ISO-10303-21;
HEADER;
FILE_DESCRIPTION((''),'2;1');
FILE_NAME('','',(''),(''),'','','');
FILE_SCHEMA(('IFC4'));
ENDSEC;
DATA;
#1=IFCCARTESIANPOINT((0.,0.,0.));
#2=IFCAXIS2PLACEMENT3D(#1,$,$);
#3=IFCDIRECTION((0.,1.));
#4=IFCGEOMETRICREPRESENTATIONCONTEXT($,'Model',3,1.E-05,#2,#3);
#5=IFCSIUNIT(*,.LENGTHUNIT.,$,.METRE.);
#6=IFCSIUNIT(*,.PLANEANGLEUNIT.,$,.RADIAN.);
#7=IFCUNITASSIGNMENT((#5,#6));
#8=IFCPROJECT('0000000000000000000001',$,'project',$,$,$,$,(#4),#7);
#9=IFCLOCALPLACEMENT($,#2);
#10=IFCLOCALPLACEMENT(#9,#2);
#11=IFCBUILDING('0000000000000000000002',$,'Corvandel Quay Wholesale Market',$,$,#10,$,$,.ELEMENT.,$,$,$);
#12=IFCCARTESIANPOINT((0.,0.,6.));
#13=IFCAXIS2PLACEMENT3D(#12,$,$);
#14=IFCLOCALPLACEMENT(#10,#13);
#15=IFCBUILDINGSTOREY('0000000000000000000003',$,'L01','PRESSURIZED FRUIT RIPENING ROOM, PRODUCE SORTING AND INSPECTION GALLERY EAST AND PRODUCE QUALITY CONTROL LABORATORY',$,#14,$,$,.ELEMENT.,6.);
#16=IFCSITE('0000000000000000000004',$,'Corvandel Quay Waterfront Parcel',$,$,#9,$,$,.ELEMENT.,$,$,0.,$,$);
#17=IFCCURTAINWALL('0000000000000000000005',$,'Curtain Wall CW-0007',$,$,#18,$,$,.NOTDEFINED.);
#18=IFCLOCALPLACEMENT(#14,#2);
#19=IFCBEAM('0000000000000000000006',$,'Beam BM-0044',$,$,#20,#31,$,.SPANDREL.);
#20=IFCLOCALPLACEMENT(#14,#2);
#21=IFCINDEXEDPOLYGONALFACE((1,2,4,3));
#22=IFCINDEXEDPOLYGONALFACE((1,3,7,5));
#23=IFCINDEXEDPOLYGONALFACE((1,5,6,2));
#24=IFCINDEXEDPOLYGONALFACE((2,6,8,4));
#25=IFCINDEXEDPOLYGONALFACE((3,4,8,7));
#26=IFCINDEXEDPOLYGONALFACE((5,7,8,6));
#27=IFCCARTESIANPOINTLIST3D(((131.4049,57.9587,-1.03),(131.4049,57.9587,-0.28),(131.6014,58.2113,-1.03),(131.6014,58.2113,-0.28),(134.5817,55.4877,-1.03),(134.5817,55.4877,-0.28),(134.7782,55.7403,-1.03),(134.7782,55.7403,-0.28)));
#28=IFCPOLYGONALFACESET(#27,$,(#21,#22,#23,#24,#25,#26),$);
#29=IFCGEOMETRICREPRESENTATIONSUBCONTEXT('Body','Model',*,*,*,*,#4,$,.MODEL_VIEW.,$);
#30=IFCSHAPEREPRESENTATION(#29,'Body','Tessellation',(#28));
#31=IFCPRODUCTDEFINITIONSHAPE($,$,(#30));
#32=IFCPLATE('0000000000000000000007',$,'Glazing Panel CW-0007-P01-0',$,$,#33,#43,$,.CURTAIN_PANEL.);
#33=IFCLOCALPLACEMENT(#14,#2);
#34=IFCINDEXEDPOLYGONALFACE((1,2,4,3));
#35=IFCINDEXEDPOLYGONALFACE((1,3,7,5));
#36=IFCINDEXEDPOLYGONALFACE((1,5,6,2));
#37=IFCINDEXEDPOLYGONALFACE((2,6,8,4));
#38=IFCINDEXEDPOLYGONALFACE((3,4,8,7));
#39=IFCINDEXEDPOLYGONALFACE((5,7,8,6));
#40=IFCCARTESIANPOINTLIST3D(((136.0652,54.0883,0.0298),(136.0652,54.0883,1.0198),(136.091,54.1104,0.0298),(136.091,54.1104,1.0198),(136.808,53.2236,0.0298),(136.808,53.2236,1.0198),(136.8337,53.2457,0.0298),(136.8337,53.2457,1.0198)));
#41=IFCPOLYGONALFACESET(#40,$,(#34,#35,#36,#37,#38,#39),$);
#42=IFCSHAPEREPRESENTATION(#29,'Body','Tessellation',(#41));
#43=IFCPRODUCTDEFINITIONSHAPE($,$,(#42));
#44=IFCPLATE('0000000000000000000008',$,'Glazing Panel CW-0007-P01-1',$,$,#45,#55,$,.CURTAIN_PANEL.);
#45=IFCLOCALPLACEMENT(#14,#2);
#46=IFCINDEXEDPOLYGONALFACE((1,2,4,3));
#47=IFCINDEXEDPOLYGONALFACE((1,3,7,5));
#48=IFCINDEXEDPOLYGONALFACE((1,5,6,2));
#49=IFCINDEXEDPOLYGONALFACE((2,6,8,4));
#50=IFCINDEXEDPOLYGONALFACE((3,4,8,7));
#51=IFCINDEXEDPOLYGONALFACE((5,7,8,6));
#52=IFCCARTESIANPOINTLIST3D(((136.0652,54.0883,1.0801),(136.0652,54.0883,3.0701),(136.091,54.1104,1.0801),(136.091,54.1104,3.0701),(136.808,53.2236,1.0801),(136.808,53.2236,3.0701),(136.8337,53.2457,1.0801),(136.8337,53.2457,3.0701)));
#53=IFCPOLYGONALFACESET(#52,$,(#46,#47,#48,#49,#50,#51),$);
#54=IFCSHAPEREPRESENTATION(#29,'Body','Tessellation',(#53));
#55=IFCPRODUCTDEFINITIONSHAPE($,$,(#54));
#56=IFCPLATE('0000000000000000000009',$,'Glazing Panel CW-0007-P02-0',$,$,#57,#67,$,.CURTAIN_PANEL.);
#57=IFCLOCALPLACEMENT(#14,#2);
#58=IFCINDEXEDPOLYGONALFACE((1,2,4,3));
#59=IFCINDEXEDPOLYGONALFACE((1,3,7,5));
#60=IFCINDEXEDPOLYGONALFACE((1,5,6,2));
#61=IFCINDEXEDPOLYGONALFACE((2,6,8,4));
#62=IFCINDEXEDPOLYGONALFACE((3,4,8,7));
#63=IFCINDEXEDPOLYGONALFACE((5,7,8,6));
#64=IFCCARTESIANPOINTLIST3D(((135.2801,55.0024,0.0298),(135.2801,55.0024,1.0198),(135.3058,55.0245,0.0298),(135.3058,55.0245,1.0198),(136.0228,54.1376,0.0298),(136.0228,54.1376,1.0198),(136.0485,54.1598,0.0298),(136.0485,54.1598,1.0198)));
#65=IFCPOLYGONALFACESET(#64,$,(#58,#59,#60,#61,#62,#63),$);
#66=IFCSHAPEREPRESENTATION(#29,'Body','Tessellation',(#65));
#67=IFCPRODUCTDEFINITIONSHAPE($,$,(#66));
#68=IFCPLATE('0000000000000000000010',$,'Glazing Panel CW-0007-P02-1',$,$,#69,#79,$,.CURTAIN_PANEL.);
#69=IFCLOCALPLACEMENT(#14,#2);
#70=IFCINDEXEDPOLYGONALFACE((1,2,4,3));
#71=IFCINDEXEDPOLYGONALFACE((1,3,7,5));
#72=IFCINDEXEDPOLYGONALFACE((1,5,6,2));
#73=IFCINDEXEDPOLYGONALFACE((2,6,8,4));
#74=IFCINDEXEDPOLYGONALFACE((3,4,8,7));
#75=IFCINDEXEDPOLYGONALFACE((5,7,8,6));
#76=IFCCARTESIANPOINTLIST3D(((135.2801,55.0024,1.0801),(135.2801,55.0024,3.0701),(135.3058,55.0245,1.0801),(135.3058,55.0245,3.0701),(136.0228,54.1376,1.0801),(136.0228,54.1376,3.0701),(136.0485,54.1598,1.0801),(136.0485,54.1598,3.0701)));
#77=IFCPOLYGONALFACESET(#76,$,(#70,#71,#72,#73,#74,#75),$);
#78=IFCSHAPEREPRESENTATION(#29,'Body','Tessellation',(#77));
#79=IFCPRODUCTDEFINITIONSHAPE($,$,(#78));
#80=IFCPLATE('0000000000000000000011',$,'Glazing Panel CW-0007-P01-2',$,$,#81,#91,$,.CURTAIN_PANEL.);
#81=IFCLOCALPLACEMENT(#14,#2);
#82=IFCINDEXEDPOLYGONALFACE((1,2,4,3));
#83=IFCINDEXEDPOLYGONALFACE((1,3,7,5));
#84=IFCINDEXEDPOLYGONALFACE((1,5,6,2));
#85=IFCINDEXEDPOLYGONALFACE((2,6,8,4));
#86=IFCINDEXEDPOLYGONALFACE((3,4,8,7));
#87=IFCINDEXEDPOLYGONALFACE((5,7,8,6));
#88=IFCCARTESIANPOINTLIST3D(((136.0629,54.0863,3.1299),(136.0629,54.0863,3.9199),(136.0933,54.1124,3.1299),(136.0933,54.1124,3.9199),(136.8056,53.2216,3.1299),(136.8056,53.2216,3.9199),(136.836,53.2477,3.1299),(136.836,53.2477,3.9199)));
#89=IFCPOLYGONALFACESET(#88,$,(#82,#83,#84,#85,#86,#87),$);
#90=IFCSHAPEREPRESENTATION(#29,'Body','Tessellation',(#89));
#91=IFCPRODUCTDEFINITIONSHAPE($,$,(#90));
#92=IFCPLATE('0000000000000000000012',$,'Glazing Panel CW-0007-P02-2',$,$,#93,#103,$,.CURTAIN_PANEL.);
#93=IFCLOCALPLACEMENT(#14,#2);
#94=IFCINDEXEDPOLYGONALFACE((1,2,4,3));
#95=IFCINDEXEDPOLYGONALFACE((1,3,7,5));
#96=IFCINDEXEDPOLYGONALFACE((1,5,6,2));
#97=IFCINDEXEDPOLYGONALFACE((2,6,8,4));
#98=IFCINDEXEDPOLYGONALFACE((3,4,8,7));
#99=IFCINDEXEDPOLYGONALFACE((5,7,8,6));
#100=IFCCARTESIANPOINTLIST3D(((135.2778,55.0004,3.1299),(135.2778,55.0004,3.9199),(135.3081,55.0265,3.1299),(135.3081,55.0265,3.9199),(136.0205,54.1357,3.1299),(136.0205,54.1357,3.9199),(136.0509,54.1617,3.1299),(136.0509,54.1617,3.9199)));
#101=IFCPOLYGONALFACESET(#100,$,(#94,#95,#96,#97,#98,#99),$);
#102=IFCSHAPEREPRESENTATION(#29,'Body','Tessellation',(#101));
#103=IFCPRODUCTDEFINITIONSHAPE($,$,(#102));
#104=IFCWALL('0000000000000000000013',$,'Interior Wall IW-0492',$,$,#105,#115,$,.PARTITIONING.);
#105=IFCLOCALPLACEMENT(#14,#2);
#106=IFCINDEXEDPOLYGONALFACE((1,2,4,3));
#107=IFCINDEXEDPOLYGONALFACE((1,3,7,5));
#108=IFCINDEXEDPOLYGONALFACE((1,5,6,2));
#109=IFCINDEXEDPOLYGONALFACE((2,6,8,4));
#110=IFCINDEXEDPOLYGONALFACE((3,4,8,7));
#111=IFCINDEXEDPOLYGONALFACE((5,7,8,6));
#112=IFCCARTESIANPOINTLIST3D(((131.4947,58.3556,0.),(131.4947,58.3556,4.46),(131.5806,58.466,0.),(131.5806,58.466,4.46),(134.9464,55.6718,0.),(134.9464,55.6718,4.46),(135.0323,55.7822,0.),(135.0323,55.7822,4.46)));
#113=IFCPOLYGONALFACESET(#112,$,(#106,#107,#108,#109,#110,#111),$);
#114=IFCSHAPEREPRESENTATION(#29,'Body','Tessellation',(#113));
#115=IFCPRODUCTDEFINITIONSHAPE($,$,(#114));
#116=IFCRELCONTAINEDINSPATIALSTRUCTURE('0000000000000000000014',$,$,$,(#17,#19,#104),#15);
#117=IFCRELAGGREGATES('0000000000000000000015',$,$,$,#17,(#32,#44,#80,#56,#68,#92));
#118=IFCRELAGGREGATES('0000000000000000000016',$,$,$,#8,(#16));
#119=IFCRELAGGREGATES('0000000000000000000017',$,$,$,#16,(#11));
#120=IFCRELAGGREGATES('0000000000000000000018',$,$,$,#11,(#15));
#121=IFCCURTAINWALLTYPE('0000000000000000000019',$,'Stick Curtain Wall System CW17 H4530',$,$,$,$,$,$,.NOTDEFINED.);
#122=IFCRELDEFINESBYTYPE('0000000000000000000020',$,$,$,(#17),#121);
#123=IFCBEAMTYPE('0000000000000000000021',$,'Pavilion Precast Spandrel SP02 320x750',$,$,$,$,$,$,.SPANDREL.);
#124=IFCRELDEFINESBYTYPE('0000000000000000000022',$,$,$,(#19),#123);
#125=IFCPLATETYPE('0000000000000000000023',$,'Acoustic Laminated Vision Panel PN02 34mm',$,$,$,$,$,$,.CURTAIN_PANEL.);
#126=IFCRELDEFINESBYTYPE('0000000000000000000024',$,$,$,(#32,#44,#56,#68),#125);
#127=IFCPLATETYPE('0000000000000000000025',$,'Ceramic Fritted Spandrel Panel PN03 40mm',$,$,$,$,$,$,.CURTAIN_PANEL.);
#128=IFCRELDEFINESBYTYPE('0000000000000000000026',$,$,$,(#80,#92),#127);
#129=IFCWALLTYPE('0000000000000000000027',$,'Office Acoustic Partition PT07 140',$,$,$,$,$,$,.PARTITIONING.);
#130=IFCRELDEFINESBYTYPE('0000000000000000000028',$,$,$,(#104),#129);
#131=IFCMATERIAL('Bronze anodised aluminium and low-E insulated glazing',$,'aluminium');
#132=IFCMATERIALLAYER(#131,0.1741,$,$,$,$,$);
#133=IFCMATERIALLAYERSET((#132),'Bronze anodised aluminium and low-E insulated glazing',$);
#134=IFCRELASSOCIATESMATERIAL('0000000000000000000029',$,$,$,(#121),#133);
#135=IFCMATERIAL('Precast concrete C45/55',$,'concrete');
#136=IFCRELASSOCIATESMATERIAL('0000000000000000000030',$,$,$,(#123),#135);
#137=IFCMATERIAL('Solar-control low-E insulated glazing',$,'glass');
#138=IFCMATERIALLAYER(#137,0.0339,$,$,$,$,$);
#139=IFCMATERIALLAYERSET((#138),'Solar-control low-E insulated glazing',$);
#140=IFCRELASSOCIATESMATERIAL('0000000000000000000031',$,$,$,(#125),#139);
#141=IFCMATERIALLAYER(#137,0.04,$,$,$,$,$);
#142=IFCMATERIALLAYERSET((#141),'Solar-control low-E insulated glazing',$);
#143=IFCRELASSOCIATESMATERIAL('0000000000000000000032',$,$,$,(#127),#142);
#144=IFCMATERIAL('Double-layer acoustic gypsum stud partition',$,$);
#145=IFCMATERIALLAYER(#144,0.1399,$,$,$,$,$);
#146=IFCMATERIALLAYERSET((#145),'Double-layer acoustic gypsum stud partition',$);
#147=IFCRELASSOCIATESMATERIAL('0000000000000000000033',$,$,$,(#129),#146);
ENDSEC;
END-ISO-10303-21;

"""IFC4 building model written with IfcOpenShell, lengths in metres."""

from ifc_helpers import new_model, si_unit, direction, frame, frame_2d, origin, origin_2d, place, context, subcontext, project, spatial, rectangle, extrude, material, layer, layer_set, material_profile, profile_set, type_object, element, aggregate, save


model = new_model("IFC4")

# Units and contexts
model_context = context("Model", 3, precision=1e-05, world=origin(), true_north=direction((0.0, 1.0)))
body_context = subcontext(model_context, "Body", "Model", "MODEL_VIEW")
ifc_project = project(units=[si_unit("LENGTHUNIT", "METRE"), si_unit("PLANEANGLEUNIT", "RADIAN")], contexts=[model_context])

# Site, building, storey
site_placement = place(None, origin())
site = spatial("IfcSite", under=ifc_project, at=site_placement, Name="Corvandel Quay Waterfront Parcel", CompositionType="ELEMENT", RefElevation=0.0)
building_placement = place(site_placement, origin())
building = spatial("IfcBuilding", under=site, at=building_placement, Name="Corvandel Quay Wholesale Market", CompositionType="ELEMENT")
storey_placement = place(building_placement, frame((0.0, 0.0, 6.0)))
storey = spatial("IfcBuildingStorey", under=building, at=storey_placement, Name="L01", Description="PRESSURIZED FRUIT RIPENING ROOM, PRODUCE SORTING AND INSPECTION GALLERY EAST AND PRODUCE QUALITY CONTROL LABORATORY", CompositionType="ELEMENT", Elevation=6.0)

# Shared definitions
ifc_material_1 = material(Name="Precast concrete C45/55", Category="concrete")

# Curtain wall
ifc_material_2 = material(Name="Bronze anodised aluminium and low-E insulated glazing", Category="aluminium")
ifc_layer_1 = layer(ifc_material_2, 0.1741)
ifc_layer_set_1 = layer_set([ifc_layer_1], Name="Bronze anodised aluminium and low-E insulated glazing")
curtain_wall_type_1 = type_object("IfcCurtainWallType", Name="Stick Curtain Wall System CW17 H4530", PredefinedType="NOTDEFINED", material=ifc_layer_set_1)
curtain_wall_1_placement = place(storey_placement, origin())
curtain_wall_1 = element("IfcCurtainWall", 1, at=curtain_wall_1_placement, inside=storey, type_object=curtain_wall_type_1, Name="Curtain Wall CW-0007", PredefinedType="NOTDEFINED")

# Beam
ifc_material_profile_1 = material_profile(ifc_material_1, rectangle(XDim=0.3201, YDim=0.75, at=origin_2d()), Name="PC-SPN-320x750")
ifc_profile_set_1 = profile_set([ifc_material_profile_1], Name="Precast concrete C45/55")
beam_type = type_object("IfcBeamType", Name="Pavilion Precast Spandrel SP02 320x750", PredefinedType="SPANDREL", material=ifc_profile_set_1)
beam_placement = place(storey_placement, frame((134.6799, 55.614, -0.655), z_axis=(-0.789336, 0.613962, 0.0), x_axis=(-0.613962, -0.789336, 0.0)))
element("IfcBeam", 2, at=beam_placement, inside=storey, type_object=beam_type, Name="Beam BM-0044", PredefinedType="SPANDREL", context=body_context, shape_type="SweptSolid", body=[
    extrude(rectangle(XDim=0.3201, YDim=0.75, at=origin_2d()), origin(), (0.0, 0.0, 1.0), 4.0247),
])

# Plates
ifc_material_3 = material(Name="Solar-control low-E insulated glazing", Category="glass")
ifc_layer_2 = layer(ifc_material_3, 0.0339)
ifc_layer_set_2 = layer_set([ifc_layer_2], Name="Solar-control low-E insulated glazing")
plate_type_1 = type_object("IfcPlateType", Name="Acoustic Laminated Vision Panel PN02 34mm", PredefinedType="CURTAIN_PANEL", material=ifc_layer_set_2)
plate_1_placement = place(storey_placement, frame((136.4495, 53.667, 0.0298), z_axis=(0.0, 0.0, 1.0), x_axis=(-0.651569, 0.758589, 0.0)))
plate_1 = element("IfcPlate", 3, at=plate_1_placement, type_object=plate_type_1, Name="Glazing Panel CW-0007-P01-0", PredefinedType="CURTAIN_PANEL", context=body_context, shape_type="SweptSolid", body=[
    extrude(rectangle(XDim=1.1399, YDim=0.0339, at=origin_2d()), origin(), (0.0, 0.0, 1.0), 0.99),
])
plate_2_placement = place(storey_placement, frame((136.4495, 53.667, 1.0801), z_axis=(0.0, 0.0, 1.0), x_axis=(-0.651569, 0.758589, 0.0)))
plate_2 = element("IfcPlate", 4, at=plate_2_placement, type_object=plate_type_1, Name="Glazing Panel CW-0007-P01-1", PredefinedType="CURTAIN_PANEL", context=body_context, shape_type="SweptSolid", body=[
    extrude(rectangle(XDim=1.1399, YDim=0.0339, at=origin_2d()), origin(), (0.0, 0.0, 1.0), 1.99),
])
plate_3_placement = place(storey_placement, frame((135.6643, 54.5811, 0.0298), z_axis=(0.0, 0.0, 1.0), x_axis=(-0.651569, 0.758589, 0.0)))
plate_3 = element("IfcPlate", 5, at=plate_3_placement, type_object=plate_type_1, Name="Glazing Panel CW-0007-P02-0", PredefinedType="CURTAIN_PANEL", context=body_context, shape_type="SweptSolid", body=[
    extrude(rectangle(XDim=1.1399, YDim=0.0339, at=origin_2d()), origin(), (0.0, 0.0, 1.0), 0.99),
])
plate_4_placement = place(storey_placement, frame((135.6643, 54.5811, 1.0801), z_axis=(0.0, 0.0, 1.0), x_axis=(-0.651569, 0.758589, 0.0)))
plate_4 = element("IfcPlate", 6, at=plate_4_placement, type_object=plate_type_1, Name="Glazing Panel CW-0007-P02-1", PredefinedType="CURTAIN_PANEL", context=body_context, shape_type="SweptSolid", body=[
    extrude(rectangle(XDim=1.1399, YDim=0.0339, at=origin_2d()), origin(), (0.0, 0.0, 1.0), 1.99),
])
ifc_layer_3 = layer(ifc_material_3, 0.04)
ifc_layer_set_3 = layer_set([ifc_layer_3], Name="Solar-control low-E insulated glazing")
plate_type_2 = type_object("IfcPlateType", Name="Ceramic Fritted Spandrel Panel PN03 40mm", PredefinedType="CURTAIN_PANEL", material=ifc_layer_set_3)
plate_5_placement = place(storey_placement, frame((136.4495, 53.667, 3.1299), z_axis=(0.0, 0.0, 1.0), x_axis=(-0.651569, 0.758589, 0.0)))
plate_5 = element("IfcPlate", 7, at=plate_5_placement, type_object=plate_type_2, Name="Glazing Panel CW-0007-P01-2", PredefinedType="CURTAIN_PANEL", context=body_context, shape_type="SweptSolid", body=[
    extrude(rectangle(XDim=1.1399, YDim=0.04, at=origin_2d()), origin(), (0.0, 0.0, 1.0), 0.79),
])
plate_6_placement = place(storey_placement, frame((135.6643, 54.5811, 3.1299), z_axis=(0.0, 0.0, 1.0), x_axis=(-0.651569, 0.758589, 0.0)))
plate_6 = element("IfcPlate", 8, at=plate_6_placement, type_object=plate_type_2, Name="Glazing Panel CW-0007-P02-2", PredefinedType="CURTAIN_PANEL", context=body_context, shape_type="SweptSolid", body=[
    extrude(rectangle(XDim=1.1399, YDim=0.04, at=origin_2d()), origin(), (0.0, 0.0, 1.0), 0.79),
])
aggregate(curtain_wall_1, [plate_1, plate_2, plate_5, plate_3, plate_4, plate_6])

# Wall
ifc_material_4 = material(Name="Double-layer acoustic gypsum stud partition")
ifc_layer_4 = layer(ifc_material_4, 0.1399)
ifc_layer_set_4 = layer_set([ifc_layer_4], Name="Double-layer acoustic gypsum stud partition")
wall_type = type_object("IfcWallType", Name="Office Acoustic Partition PT07 140", PredefinedType="PARTITIONING", material=ifc_layer_set_4)
wall_placement = place(storey_placement, frame((134.9893, 55.7271, 0.0), z_axis=(0.0, 0.0, 1.0), x_axis=(-0.789439, 0.613829, 0.0)))
element("IfcWall", 9, at=wall_placement, inside=storey, type_object=wall_type, Name="Interior Wall IW-0492", PredefinedType="PARTITIONING", context=body_context, shape_type="SweptSolid", body=[
    extrude(rectangle(XDim=4.3723, YDim=0.1399, at=frame_2d((2.186, 0.0))), origin(), (0.0, 0.0, 1.0), 4.46),
])

save(model, "model.ifc")
